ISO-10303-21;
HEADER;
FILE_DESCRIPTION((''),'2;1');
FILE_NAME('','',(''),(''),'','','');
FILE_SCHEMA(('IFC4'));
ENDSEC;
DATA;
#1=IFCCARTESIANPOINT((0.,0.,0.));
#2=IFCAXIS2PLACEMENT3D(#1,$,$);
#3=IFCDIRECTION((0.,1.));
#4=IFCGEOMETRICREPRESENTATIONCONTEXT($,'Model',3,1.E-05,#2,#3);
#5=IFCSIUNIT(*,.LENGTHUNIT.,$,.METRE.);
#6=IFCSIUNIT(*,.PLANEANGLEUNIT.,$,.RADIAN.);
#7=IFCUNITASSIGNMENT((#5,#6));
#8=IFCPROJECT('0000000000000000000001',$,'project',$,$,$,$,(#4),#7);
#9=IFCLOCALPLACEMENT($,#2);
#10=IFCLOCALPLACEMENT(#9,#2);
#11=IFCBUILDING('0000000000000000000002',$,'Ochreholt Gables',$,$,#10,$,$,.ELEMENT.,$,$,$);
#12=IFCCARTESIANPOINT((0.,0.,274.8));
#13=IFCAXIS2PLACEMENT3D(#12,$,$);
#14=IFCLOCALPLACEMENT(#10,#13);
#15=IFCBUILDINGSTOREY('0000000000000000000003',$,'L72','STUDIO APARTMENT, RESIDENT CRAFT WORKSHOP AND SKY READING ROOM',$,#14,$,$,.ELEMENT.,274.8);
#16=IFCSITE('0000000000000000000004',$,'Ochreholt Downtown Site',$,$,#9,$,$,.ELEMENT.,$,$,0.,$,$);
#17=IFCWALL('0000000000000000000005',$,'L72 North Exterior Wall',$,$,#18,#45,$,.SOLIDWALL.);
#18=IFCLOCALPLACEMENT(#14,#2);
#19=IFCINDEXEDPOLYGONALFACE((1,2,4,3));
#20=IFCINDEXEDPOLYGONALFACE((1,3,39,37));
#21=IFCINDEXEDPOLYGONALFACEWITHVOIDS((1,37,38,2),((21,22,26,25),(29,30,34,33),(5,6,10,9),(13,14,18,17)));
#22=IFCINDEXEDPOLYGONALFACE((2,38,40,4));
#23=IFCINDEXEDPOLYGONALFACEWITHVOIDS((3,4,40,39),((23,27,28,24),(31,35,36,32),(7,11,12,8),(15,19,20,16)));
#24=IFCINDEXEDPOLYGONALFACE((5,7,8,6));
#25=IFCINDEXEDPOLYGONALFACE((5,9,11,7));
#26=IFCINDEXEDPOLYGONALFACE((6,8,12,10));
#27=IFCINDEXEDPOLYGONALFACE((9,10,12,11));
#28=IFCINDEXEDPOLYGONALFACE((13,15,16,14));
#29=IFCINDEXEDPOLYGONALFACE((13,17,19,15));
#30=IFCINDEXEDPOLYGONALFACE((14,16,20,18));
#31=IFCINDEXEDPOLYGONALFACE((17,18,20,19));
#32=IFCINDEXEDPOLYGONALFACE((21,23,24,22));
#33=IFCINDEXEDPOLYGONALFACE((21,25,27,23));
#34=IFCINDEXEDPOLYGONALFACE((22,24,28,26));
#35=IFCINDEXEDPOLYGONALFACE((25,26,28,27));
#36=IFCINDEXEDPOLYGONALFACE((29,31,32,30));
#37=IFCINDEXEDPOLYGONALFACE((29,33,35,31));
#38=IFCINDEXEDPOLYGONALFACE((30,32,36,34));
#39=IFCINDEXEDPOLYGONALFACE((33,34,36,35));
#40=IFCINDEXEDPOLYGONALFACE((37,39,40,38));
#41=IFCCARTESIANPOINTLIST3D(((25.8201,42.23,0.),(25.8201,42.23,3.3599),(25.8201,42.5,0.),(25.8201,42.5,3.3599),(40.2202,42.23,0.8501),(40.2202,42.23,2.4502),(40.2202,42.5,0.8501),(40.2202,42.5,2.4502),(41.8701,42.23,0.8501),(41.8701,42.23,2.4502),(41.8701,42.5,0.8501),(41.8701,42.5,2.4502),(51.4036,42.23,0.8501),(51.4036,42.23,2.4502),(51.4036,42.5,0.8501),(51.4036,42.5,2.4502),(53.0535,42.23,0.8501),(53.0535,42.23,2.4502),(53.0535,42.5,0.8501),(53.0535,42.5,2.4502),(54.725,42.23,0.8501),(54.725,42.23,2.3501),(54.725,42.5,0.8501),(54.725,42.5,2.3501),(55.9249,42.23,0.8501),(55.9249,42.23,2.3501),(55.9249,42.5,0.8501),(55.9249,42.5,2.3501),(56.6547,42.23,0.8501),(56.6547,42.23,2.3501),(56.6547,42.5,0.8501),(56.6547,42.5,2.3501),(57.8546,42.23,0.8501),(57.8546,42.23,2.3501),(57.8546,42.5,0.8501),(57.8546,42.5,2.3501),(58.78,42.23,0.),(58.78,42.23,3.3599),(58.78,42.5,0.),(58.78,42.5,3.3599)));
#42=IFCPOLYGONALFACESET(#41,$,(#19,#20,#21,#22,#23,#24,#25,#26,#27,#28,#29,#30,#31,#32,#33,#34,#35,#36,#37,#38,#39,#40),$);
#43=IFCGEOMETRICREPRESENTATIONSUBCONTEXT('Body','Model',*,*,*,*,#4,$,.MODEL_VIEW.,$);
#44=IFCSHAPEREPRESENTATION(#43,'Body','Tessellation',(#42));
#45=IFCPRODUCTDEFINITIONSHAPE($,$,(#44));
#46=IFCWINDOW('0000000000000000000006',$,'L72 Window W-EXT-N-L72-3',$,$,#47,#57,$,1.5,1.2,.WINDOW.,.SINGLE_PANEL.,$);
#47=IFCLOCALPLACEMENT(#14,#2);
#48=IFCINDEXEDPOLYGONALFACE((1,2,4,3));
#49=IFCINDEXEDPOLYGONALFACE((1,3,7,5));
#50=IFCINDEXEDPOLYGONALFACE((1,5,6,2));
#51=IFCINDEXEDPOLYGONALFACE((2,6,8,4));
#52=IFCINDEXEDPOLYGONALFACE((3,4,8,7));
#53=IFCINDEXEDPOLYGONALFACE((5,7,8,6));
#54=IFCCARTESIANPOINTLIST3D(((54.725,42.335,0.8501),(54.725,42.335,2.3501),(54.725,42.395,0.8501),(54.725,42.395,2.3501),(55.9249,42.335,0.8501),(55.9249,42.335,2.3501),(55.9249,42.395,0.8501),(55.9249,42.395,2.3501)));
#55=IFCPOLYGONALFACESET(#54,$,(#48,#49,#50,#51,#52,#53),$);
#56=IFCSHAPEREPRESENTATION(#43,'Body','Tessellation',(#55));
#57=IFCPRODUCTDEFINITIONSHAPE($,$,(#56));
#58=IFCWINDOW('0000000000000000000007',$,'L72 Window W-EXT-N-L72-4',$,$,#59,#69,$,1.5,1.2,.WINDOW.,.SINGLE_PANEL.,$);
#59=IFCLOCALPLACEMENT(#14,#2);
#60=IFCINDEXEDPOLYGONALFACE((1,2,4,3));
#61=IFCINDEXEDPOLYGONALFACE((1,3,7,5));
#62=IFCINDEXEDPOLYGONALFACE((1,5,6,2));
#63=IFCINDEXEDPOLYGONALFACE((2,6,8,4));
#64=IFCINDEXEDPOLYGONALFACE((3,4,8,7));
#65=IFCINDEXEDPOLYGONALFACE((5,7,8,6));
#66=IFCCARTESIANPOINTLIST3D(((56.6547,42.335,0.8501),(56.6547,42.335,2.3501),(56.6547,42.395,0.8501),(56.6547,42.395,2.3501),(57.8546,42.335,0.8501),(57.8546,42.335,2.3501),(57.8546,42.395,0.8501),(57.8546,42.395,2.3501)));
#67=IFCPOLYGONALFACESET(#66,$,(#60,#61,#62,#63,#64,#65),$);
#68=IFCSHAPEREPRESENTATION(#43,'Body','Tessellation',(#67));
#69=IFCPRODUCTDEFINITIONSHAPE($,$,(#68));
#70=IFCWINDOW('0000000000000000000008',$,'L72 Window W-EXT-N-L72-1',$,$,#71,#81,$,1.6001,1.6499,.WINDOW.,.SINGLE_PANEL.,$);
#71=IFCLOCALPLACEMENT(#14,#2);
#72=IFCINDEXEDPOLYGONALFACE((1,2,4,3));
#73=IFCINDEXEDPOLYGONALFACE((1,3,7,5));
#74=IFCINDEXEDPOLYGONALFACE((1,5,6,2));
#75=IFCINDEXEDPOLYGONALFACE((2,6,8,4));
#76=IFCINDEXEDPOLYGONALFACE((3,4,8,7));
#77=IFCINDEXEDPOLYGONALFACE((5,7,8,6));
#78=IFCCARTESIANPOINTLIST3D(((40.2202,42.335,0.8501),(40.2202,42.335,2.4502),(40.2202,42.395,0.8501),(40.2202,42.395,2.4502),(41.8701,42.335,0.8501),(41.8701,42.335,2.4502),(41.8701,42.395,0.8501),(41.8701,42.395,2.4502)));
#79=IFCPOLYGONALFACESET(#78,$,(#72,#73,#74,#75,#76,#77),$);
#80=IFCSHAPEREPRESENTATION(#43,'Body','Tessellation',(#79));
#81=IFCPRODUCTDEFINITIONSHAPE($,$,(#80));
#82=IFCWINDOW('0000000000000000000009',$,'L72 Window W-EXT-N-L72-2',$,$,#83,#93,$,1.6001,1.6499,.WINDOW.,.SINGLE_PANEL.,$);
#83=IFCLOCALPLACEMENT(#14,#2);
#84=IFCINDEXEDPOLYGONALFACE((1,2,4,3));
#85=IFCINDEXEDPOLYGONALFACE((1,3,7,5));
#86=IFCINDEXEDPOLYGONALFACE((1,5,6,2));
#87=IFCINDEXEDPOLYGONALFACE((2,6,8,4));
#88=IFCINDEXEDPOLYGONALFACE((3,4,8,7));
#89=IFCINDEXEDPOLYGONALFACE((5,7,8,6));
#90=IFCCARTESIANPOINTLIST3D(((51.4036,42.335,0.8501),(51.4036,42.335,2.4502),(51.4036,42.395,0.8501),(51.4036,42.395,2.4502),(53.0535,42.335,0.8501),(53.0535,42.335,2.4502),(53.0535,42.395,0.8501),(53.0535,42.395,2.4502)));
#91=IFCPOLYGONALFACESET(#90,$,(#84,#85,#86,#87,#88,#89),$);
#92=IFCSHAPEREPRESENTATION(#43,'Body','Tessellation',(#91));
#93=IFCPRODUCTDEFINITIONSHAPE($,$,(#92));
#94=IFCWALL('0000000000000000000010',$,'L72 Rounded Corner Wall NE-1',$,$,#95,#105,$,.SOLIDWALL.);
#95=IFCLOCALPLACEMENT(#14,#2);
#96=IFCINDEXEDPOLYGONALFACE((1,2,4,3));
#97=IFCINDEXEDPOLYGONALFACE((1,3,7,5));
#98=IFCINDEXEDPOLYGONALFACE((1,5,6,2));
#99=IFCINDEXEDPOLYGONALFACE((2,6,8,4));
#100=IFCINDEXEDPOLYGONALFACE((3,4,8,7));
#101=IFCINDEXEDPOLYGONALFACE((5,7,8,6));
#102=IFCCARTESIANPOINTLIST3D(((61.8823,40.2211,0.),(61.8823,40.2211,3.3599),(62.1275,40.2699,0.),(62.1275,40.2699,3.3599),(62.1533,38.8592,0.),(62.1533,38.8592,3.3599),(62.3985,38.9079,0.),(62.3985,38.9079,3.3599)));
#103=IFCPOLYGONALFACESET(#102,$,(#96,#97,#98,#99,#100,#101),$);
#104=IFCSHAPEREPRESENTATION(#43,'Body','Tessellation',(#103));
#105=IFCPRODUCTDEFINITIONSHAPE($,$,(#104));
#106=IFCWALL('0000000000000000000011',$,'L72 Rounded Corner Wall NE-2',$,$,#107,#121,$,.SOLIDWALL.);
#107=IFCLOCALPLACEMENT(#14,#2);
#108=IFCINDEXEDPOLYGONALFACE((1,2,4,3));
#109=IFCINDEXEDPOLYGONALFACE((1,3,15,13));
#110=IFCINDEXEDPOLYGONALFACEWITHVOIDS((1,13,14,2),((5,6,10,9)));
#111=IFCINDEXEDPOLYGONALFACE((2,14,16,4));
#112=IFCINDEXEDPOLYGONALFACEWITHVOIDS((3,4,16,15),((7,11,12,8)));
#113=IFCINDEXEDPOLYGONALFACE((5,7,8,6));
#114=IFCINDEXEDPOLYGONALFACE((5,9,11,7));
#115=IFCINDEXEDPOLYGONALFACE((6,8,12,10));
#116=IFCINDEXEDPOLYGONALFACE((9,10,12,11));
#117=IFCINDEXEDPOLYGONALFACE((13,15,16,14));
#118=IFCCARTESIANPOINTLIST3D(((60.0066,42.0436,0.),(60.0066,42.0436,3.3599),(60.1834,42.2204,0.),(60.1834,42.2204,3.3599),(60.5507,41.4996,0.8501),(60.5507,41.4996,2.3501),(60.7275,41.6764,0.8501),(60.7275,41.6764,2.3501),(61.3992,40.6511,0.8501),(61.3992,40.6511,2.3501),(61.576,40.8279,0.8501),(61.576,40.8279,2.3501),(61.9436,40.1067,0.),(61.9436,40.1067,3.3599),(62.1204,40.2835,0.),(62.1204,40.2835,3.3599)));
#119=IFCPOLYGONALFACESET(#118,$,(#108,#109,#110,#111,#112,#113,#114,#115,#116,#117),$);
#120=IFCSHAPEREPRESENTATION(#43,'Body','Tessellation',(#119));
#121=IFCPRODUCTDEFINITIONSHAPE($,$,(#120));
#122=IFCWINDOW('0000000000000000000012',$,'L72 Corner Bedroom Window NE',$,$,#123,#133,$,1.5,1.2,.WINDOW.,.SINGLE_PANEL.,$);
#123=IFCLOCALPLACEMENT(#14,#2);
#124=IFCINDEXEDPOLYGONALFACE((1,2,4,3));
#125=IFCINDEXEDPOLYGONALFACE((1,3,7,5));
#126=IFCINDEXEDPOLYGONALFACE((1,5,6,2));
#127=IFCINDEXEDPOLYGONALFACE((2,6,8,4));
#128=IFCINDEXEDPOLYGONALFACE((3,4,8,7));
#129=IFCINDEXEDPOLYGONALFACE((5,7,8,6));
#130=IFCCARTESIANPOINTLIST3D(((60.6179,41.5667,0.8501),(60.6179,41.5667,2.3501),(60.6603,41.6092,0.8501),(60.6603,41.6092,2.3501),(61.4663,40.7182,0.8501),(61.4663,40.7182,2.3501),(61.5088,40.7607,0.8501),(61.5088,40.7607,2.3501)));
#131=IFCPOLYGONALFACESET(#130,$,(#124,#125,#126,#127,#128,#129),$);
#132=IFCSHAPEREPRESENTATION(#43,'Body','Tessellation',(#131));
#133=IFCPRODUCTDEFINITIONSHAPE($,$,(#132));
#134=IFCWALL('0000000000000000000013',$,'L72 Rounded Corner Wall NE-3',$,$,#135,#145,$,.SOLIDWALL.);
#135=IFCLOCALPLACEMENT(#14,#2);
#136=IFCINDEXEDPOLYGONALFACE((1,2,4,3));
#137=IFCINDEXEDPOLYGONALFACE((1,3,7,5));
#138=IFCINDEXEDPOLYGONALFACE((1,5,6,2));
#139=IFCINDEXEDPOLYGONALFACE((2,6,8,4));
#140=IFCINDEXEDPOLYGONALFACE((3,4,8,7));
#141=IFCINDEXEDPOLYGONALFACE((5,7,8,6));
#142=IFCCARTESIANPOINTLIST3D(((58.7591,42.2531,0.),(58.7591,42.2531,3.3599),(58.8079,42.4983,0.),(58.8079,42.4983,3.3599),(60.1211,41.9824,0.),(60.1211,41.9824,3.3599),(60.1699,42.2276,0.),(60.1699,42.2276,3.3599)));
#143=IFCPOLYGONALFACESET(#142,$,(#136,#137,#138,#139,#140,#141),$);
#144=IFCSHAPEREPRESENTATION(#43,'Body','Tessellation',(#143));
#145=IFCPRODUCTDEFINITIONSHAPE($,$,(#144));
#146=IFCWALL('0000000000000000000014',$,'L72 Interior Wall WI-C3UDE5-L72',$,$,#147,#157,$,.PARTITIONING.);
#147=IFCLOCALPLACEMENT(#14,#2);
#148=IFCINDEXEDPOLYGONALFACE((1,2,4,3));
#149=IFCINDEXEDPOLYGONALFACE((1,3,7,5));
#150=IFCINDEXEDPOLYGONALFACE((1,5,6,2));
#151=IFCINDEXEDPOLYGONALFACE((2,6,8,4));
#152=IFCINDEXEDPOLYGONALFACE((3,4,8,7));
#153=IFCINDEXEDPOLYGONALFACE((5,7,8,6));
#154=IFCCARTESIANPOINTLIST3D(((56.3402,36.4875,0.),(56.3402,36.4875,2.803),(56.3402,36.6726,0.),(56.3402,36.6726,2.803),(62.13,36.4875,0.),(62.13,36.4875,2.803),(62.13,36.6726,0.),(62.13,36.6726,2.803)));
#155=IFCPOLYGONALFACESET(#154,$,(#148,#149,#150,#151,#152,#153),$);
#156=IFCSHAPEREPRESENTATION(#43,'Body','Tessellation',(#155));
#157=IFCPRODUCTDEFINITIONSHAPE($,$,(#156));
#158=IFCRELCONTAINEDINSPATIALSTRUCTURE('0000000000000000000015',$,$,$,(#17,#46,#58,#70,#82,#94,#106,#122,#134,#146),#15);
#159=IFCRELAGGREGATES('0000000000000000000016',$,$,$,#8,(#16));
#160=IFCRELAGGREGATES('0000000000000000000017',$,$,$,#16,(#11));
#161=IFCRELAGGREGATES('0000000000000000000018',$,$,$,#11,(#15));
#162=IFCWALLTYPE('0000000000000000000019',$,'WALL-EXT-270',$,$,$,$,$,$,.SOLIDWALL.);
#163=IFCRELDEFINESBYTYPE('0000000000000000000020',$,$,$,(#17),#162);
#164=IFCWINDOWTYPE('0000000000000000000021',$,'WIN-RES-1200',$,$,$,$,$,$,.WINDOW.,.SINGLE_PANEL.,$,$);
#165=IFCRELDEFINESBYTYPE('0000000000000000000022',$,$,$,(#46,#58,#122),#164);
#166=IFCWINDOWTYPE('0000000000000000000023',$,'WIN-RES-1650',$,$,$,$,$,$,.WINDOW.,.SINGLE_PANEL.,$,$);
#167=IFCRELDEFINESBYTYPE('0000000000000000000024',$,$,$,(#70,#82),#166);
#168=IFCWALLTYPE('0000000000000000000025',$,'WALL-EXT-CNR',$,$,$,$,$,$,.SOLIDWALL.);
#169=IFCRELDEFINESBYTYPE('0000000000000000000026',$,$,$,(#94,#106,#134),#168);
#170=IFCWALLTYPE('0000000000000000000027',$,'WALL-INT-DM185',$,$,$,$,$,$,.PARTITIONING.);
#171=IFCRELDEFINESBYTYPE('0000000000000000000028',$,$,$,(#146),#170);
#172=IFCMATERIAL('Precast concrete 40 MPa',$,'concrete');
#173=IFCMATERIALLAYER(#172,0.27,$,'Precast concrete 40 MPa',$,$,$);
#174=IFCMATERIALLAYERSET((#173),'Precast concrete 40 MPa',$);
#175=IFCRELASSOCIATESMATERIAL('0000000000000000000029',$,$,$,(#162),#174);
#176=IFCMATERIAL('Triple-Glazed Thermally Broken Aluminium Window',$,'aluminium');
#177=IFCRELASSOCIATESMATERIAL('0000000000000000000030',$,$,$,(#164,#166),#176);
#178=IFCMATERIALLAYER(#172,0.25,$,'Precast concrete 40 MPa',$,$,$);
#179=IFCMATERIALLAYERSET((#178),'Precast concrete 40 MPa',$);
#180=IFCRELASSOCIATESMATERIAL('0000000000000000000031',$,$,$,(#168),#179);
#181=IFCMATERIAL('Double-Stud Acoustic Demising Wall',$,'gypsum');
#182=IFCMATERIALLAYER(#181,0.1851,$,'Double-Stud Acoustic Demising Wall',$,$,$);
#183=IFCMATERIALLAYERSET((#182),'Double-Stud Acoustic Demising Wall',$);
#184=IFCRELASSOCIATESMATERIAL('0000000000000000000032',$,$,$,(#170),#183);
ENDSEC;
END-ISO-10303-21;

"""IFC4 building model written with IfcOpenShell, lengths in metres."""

from ifc_helpers import new_model, si_unit, direction, frame, frame_2d, origin, place, context, subcontext, project, spatial, rectangle, extrude, material, layer, layer_set, type_object, element, fill, save


model = new_model("IFC4")

# Units and contexts
model_context = context("Model", 3, precision=1e-05, world=origin(), true_north=direction((0.0, 1.0)))
body_context = subcontext(model_context, "Body", "Model", "MODEL_VIEW")
ifc_project = project(units=[si_unit("LENGTHUNIT", "METRE"), si_unit("PLANEANGLEUNIT", "RADIAN")], contexts=[model_context])

# Site, building, storey
site_placement = place(None, origin())
site = spatial("IfcSite", under=ifc_project, at=site_placement, Name="Ochreholt Downtown Site", CompositionType="ELEMENT", RefElevation=0.0)
building_placement = place(site_placement, origin())
building = spatial("IfcBuilding", under=site, at=building_placement, Name="Ochreholt Gables", CompositionType="ELEMENT")
storey_placement = place(building_placement, frame((0.0, 0.0, 274.8)))
storey = spatial("IfcBuildingStorey", under=building, at=storey_placement, Name="L72", Description="STUDIO APARTMENT, RESIDENT CRAFT WORKSHOP AND SKY READING ROOM", CompositionType="ELEMENT", Elevation=274.8)

# Wall, openings, windows
ifc_material_1 = material(Name="Precast concrete 40 MPa", Category="concrete")
ifc_layer_1 = layer(ifc_material_1, 0.27, Name="Precast concrete 40 MPa")
ifc_layer_set_1 = layer_set([ifc_layer_1], Name="Precast concrete 40 MPa")
wall_type_1 = type_object("IfcWallType", Name="WALL-EXT-270", PredefinedType="SOLIDWALL", material=ifc_layer_set_1)
wall_1_placement = place(storey_placement, frame((58.78, 42.365, 0.0), z_axis=(0.0, 0.0, 1.0), x_axis=(-1.0, 0.0, 0.0)))
wall_1 = element("IfcWall", 1, at=wall_1_placement, inside=storey, type_object=wall_type_1, Name="L72 North Exterior Wall", PredefinedType="SOLIDWALL", context=body_context, shape_type="SweptSolid", body=[
    extrude(rectangle(XDim=32.96, YDim=0.27, at=frame_2d((16.48, 0.0))), origin(), (0.0, 0.0, 1.0), 3.3599),
])
opening_1_placement = place(wall_1_placement, frame((16.9099, 0.0, 0.8501)))
opening_1 = element("IfcOpeningElement", 2, at=opening_1_placement, cuts=wall_1, PredefinedType="OPENING", context=body_context, shape_type="SweptSolid", body=[
    extrude(rectangle(XDim=1.6499, YDim=1.6001, at=frame_2d((0.825, 0.8))), frame((0.0, 0.145, 0.0), z_axis=(0.0, -1.0, 0.0), x_axis=(1.0, 0.0, 0.0)), (0.0, 0.0, 1.0), 0.29),
])
opening_2_placement = place(wall_1_placement, frame((5.7266, 0.0, 0.8501)))
opening_2 = element("IfcOpeningElement", 3, at=opening_2_placement, cuts=wall_1, PredefinedType="OPENING", context=body_context, shape_type="SweptSolid", body=[
    extrude(rectangle(XDim=1.6499, YDim=1.6001, at=frame_2d((0.825, 0.8))), frame((0.0, 0.145, 0.0), z_axis=(0.0, -1.0, 0.0), x_axis=(1.0, 0.0, 0.0)), (0.0, 0.0, 1.0), 0.29),
])
opening_3_placement = place(wall_1_placement, frame((2.855, 0.0, 0.8501)))
opening_3 = element("IfcOpeningElement", 4, at=opening_3_placement, cuts=wall_1, PredefinedType="OPENING", context=body_context, shape_type="SweptSolid", body=[
    extrude(rectangle(XDim=1.2, YDim=1.5, at=frame_2d((0.6001, 0.75))), frame((0.0, 0.145, 0.0), z_axis=(0.0, -1.0, 0.0), x_axis=(1.0, 0.0, 0.0)), (0.0, 0.0, 1.0), 0.29),
])
opening_4_placement = place(wall_1_placement, frame((0.9253, 0.0, 0.8501)))
opening_4 = element("IfcOpeningElement", 5, at=opening_4_placement, cuts=wall_1, PredefinedType="OPENING", context=body_context, shape_type="SweptSolid", body=[
    extrude(rectangle(XDim=1.2, YDim=1.5, at=frame_2d((0.6001, 0.75))), frame((0.0, 0.145, 0.0), z_axis=(0.0, -1.0, 0.0), x_axis=(1.0, 0.0, 0.0)), (0.0, 0.0, 1.0), 0.29),
])
ifc_material_2 = material(Name="Triple-Glazed Thermally Broken Aluminium Window", Category="aluminium")
window_type_1 = type_object("IfcWindowType", Name="WIN-RES-1200", PartitioningType="SINGLE_PANEL", PredefinedType="WINDOW", material=ifc_material_2)
window_1_placement = place(opening_3_placement, origin())
window_1 = element("IfcWindow", 6, at=window_1_placement, inside=storey, type_object=window_type_1, Name="L72 Window W-EXT-N-L72-3", OverallHeight=1.5, OverallWidth=1.2, PartitioningType="SINGLE_PANEL", PredefinedType="WINDOW", context=body_context, shape_type="SweptSolid", body=[
    extrude(rectangle(XDim=1.2, YDim=1.5, at=frame_2d((0.6001, 0.75))), frame((0.0, 0.03, 0.0), z_axis=(0.0, -1.0, 0.0), x_axis=(1.0, 0.0, 0.0)), (0.0, 0.0, 1.0), 0.0601),
])
fill(opening_3, window_1)
window_2_placement = place(opening_4_placement, origin())
window_2 = element("IfcWindow", 7, at=window_2_placement, inside=storey, type_object=window_type_1, Name="L72 Window W-EXT-N-L72-4", OverallHeight=1.5, OverallWidth=1.2, PartitioningType="SINGLE_PANEL", PredefinedType="WINDOW", context=body_context, shape_type="SweptSolid", body=[
    extrude(rectangle(XDim=1.2, YDim=1.5, at=frame_2d((0.6001, 0.75))), frame((0.0, 0.03, 0.0), z_axis=(0.0, -1.0, 0.0), x_axis=(1.0, 0.0, 0.0)), (0.0, 0.0, 1.0), 0.0601),
])
fill(opening_4, window_2)
window_type_2 = type_object("IfcWindowType", Name="WIN-RES-1650", PartitioningType="SINGLE_PANEL", PredefinedType="WINDOW", material=ifc_material_2)
window_3_placement = place(opening_1_placement, origin())
window_3 = element("IfcWindow", 8, at=window_3_placement, inside=storey, type_object=window_type_2, Name="L72 Window W-EXT-N-L72-1", OverallHeight=1.6001, OverallWidth=1.6499, PartitioningType="SINGLE_PANEL", PredefinedType="WINDOW", context=body_context, shape_type="SweptSolid", body=[
    extrude(rectangle(XDim=1.6499, YDim=1.6001, at=frame_2d((0.825, 0.8))), frame((0.0, 0.03, 0.0), z_axis=(0.0, -1.0, 0.0), x_axis=(1.0, 0.0, 0.0)), (0.0, 0.0, 1.0), 0.0601),
])
fill(opening_1, window_3)
window_4_placement = place(opening_2_placement, origin())
window_4 = element("IfcWindow", 9, at=window_4_placement, inside=storey, type_object=window_type_2, Name="L72 Window W-EXT-N-L72-2", OverallHeight=1.6001, OverallWidth=1.6499, PartitioningType="SINGLE_PANEL", PredefinedType="WINDOW", context=body_context, shape_type="SweptSolid", body=[
    extrude(rectangle(XDim=1.6499, YDim=1.6001, at=frame_2d((0.825, 0.8))), frame((0.0, 0.03, 0.0), z_axis=(0.0, -1.0, 0.0), x_axis=(1.0, 0.0, 0.0)), (0.0, 0.0, 1.0), 0.0601),
])
fill(opening_2, window_4)

# Wall
ifc_layer_2 = layer(ifc_material_1, 0.25, Name="Precast concrete 40 MPa")
ifc_layer_set_2 = layer_set([ifc_layer_2], Name="Precast concrete 40 MPa")
wall_type_2 = type_object("IfcWallType", Name="WALL-EXT-CNR", PredefinedType="SOLIDWALL", material=ifc_layer_set_2)
wall_2_placement = place(storey_placement, frame((62.2759, 38.8835, 0.0), z_axis=(0.0, 0.0, 1.0), x_axis=(-0.195136, 0.980776, 0.0)))
element("IfcWall", 10, at=wall_2_placement, inside=storey, type_object=wall_type_2, Name="L72 Rounded Corner Wall NE-1", PredefinedType="SOLIDWALL", context=body_context, shape_type="SweptSolid", body=[
    extrude(rectangle(XDim=1.3887, YDim=0.25, at=frame_2d((0.6943, 0.0))), origin(), (0.0, 0.0, 1.0), 3.3599),
])

# Wall, opening, window
wall_3_placement = place(storey_placement, frame((62.032, 40.1951, 0.0), z_axis=(0.0, 0.0, 1.0), x_axis=(-0.707107, 0.707107, 0.0)))
wall_3 = element("IfcWall", 11, at=wall_3_placement, inside=storey, type_object=wall_type_2, Name="L72 Rounded Corner Wall NE-2", PredefinedType="SOLIDWALL", context=body_context, shape_type="SweptSolid", body=[
    extrude(rectangle(XDim=2.7393, YDim=0.25, at=frame_2d((1.3696, 0.0))), origin(), (0.0, 0.0, 1.0), 3.3599),
])
opening_5_placement = place(wall_3_placement, frame((0.7698, 0.0, 0.8501)))
opening_5 = element("IfcOpeningElement", 12, at=opening_5_placement, cuts=wall_3, PredefinedType="OPENING", context=body_context, shape_type="SweptSolid", body=[
    extrude(rectangle(XDim=1.2, YDim=1.5, at=frame_2d((0.6001, 0.75))), frame((0.0, 0.135, 0.0), z_axis=(0.0, -1.0, 0.0), x_axis=(1.0, 0.0, 0.0)), (0.0, 0.0, 1.0), 0.27),
])
window_5_placement = place(opening_5_placement, origin())
window_5 = element("IfcWindow", 13, at=window_5_placement, inside=storey, type_object=window_type_1, Name="L72 Corner Bedroom Window NE", OverallHeight=1.5, OverallWidth=1.2, PartitioningType="SINGLE_PANEL", PredefinedType="WINDOW", context=body_context, shape_type="SweptSolid", body=[
    extrude(rectangle(XDim=1.2, YDim=1.5, at=frame_2d((0.6001, 0.75))), frame((0.0, 0.03, 0.0), z_axis=(0.0, -1.0, 0.0), x_axis=(1.0, 0.0, 0.0)), (0.0, 0.0, 1.0), 0.0601),
])
fill(opening_5, window_5)

# Walls
wall_4_placement = place(storey_placement, frame((60.1455, 42.105, 0.0), z_axis=(0.0, 0.0, 1.0), x_axis=(-0.98081, 0.194967, 0.0)))
element("IfcWall", 14, at=wall_4_placement, inside=storey, type_object=wall_type_2, Name="L72 Rounded Corner Wall NE-3", PredefinedType="SOLIDWALL", context=body_context, shape_type="SweptSolid", body=[
    extrude(rectangle(XDim=1.3887, YDim=0.25, at=frame_2d((0.6943, 0.0))), origin(), (0.0, 0.0, 1.0), 3.3599),
])
ifc_material_3 = material(Name="Double-Stud Acoustic Demising Wall", Category="gypsum")
ifc_layer_3 = layer(ifc_material_3, 0.1851, Name="Double-Stud Acoustic Demising Wall")
ifc_layer_set_3 = layer_set([ifc_layer_3], Name="Double-Stud Acoustic Demising Wall")
wall_type_3 = type_object("IfcWallType", Name="WALL-INT-DM185", PredefinedType="PARTITIONING", material=ifc_layer_set_3)
wall_5_placement = place(storey_placement, frame((56.3401, 36.5801, 0.0), z_axis=(0.0, 0.0, 1.0), x_axis=(1.0, 0.0, 0.0)))
element("IfcWall", 15, at=wall_5_placement, inside=storey, type_object=wall_type_3, Name="L72 Interior Wall WI-C3UDE5-L72", PredefinedType="PARTITIONING", context=body_context, shape_type="SweptSolid", body=[
    extrude(rectangle(XDim=5.7898, YDim=0.1851, at=frame_2d((2.895, 0.0))), origin(), (0.0, 0.0, 1.0), 2.803),
])

save(model, "model.ifc")
